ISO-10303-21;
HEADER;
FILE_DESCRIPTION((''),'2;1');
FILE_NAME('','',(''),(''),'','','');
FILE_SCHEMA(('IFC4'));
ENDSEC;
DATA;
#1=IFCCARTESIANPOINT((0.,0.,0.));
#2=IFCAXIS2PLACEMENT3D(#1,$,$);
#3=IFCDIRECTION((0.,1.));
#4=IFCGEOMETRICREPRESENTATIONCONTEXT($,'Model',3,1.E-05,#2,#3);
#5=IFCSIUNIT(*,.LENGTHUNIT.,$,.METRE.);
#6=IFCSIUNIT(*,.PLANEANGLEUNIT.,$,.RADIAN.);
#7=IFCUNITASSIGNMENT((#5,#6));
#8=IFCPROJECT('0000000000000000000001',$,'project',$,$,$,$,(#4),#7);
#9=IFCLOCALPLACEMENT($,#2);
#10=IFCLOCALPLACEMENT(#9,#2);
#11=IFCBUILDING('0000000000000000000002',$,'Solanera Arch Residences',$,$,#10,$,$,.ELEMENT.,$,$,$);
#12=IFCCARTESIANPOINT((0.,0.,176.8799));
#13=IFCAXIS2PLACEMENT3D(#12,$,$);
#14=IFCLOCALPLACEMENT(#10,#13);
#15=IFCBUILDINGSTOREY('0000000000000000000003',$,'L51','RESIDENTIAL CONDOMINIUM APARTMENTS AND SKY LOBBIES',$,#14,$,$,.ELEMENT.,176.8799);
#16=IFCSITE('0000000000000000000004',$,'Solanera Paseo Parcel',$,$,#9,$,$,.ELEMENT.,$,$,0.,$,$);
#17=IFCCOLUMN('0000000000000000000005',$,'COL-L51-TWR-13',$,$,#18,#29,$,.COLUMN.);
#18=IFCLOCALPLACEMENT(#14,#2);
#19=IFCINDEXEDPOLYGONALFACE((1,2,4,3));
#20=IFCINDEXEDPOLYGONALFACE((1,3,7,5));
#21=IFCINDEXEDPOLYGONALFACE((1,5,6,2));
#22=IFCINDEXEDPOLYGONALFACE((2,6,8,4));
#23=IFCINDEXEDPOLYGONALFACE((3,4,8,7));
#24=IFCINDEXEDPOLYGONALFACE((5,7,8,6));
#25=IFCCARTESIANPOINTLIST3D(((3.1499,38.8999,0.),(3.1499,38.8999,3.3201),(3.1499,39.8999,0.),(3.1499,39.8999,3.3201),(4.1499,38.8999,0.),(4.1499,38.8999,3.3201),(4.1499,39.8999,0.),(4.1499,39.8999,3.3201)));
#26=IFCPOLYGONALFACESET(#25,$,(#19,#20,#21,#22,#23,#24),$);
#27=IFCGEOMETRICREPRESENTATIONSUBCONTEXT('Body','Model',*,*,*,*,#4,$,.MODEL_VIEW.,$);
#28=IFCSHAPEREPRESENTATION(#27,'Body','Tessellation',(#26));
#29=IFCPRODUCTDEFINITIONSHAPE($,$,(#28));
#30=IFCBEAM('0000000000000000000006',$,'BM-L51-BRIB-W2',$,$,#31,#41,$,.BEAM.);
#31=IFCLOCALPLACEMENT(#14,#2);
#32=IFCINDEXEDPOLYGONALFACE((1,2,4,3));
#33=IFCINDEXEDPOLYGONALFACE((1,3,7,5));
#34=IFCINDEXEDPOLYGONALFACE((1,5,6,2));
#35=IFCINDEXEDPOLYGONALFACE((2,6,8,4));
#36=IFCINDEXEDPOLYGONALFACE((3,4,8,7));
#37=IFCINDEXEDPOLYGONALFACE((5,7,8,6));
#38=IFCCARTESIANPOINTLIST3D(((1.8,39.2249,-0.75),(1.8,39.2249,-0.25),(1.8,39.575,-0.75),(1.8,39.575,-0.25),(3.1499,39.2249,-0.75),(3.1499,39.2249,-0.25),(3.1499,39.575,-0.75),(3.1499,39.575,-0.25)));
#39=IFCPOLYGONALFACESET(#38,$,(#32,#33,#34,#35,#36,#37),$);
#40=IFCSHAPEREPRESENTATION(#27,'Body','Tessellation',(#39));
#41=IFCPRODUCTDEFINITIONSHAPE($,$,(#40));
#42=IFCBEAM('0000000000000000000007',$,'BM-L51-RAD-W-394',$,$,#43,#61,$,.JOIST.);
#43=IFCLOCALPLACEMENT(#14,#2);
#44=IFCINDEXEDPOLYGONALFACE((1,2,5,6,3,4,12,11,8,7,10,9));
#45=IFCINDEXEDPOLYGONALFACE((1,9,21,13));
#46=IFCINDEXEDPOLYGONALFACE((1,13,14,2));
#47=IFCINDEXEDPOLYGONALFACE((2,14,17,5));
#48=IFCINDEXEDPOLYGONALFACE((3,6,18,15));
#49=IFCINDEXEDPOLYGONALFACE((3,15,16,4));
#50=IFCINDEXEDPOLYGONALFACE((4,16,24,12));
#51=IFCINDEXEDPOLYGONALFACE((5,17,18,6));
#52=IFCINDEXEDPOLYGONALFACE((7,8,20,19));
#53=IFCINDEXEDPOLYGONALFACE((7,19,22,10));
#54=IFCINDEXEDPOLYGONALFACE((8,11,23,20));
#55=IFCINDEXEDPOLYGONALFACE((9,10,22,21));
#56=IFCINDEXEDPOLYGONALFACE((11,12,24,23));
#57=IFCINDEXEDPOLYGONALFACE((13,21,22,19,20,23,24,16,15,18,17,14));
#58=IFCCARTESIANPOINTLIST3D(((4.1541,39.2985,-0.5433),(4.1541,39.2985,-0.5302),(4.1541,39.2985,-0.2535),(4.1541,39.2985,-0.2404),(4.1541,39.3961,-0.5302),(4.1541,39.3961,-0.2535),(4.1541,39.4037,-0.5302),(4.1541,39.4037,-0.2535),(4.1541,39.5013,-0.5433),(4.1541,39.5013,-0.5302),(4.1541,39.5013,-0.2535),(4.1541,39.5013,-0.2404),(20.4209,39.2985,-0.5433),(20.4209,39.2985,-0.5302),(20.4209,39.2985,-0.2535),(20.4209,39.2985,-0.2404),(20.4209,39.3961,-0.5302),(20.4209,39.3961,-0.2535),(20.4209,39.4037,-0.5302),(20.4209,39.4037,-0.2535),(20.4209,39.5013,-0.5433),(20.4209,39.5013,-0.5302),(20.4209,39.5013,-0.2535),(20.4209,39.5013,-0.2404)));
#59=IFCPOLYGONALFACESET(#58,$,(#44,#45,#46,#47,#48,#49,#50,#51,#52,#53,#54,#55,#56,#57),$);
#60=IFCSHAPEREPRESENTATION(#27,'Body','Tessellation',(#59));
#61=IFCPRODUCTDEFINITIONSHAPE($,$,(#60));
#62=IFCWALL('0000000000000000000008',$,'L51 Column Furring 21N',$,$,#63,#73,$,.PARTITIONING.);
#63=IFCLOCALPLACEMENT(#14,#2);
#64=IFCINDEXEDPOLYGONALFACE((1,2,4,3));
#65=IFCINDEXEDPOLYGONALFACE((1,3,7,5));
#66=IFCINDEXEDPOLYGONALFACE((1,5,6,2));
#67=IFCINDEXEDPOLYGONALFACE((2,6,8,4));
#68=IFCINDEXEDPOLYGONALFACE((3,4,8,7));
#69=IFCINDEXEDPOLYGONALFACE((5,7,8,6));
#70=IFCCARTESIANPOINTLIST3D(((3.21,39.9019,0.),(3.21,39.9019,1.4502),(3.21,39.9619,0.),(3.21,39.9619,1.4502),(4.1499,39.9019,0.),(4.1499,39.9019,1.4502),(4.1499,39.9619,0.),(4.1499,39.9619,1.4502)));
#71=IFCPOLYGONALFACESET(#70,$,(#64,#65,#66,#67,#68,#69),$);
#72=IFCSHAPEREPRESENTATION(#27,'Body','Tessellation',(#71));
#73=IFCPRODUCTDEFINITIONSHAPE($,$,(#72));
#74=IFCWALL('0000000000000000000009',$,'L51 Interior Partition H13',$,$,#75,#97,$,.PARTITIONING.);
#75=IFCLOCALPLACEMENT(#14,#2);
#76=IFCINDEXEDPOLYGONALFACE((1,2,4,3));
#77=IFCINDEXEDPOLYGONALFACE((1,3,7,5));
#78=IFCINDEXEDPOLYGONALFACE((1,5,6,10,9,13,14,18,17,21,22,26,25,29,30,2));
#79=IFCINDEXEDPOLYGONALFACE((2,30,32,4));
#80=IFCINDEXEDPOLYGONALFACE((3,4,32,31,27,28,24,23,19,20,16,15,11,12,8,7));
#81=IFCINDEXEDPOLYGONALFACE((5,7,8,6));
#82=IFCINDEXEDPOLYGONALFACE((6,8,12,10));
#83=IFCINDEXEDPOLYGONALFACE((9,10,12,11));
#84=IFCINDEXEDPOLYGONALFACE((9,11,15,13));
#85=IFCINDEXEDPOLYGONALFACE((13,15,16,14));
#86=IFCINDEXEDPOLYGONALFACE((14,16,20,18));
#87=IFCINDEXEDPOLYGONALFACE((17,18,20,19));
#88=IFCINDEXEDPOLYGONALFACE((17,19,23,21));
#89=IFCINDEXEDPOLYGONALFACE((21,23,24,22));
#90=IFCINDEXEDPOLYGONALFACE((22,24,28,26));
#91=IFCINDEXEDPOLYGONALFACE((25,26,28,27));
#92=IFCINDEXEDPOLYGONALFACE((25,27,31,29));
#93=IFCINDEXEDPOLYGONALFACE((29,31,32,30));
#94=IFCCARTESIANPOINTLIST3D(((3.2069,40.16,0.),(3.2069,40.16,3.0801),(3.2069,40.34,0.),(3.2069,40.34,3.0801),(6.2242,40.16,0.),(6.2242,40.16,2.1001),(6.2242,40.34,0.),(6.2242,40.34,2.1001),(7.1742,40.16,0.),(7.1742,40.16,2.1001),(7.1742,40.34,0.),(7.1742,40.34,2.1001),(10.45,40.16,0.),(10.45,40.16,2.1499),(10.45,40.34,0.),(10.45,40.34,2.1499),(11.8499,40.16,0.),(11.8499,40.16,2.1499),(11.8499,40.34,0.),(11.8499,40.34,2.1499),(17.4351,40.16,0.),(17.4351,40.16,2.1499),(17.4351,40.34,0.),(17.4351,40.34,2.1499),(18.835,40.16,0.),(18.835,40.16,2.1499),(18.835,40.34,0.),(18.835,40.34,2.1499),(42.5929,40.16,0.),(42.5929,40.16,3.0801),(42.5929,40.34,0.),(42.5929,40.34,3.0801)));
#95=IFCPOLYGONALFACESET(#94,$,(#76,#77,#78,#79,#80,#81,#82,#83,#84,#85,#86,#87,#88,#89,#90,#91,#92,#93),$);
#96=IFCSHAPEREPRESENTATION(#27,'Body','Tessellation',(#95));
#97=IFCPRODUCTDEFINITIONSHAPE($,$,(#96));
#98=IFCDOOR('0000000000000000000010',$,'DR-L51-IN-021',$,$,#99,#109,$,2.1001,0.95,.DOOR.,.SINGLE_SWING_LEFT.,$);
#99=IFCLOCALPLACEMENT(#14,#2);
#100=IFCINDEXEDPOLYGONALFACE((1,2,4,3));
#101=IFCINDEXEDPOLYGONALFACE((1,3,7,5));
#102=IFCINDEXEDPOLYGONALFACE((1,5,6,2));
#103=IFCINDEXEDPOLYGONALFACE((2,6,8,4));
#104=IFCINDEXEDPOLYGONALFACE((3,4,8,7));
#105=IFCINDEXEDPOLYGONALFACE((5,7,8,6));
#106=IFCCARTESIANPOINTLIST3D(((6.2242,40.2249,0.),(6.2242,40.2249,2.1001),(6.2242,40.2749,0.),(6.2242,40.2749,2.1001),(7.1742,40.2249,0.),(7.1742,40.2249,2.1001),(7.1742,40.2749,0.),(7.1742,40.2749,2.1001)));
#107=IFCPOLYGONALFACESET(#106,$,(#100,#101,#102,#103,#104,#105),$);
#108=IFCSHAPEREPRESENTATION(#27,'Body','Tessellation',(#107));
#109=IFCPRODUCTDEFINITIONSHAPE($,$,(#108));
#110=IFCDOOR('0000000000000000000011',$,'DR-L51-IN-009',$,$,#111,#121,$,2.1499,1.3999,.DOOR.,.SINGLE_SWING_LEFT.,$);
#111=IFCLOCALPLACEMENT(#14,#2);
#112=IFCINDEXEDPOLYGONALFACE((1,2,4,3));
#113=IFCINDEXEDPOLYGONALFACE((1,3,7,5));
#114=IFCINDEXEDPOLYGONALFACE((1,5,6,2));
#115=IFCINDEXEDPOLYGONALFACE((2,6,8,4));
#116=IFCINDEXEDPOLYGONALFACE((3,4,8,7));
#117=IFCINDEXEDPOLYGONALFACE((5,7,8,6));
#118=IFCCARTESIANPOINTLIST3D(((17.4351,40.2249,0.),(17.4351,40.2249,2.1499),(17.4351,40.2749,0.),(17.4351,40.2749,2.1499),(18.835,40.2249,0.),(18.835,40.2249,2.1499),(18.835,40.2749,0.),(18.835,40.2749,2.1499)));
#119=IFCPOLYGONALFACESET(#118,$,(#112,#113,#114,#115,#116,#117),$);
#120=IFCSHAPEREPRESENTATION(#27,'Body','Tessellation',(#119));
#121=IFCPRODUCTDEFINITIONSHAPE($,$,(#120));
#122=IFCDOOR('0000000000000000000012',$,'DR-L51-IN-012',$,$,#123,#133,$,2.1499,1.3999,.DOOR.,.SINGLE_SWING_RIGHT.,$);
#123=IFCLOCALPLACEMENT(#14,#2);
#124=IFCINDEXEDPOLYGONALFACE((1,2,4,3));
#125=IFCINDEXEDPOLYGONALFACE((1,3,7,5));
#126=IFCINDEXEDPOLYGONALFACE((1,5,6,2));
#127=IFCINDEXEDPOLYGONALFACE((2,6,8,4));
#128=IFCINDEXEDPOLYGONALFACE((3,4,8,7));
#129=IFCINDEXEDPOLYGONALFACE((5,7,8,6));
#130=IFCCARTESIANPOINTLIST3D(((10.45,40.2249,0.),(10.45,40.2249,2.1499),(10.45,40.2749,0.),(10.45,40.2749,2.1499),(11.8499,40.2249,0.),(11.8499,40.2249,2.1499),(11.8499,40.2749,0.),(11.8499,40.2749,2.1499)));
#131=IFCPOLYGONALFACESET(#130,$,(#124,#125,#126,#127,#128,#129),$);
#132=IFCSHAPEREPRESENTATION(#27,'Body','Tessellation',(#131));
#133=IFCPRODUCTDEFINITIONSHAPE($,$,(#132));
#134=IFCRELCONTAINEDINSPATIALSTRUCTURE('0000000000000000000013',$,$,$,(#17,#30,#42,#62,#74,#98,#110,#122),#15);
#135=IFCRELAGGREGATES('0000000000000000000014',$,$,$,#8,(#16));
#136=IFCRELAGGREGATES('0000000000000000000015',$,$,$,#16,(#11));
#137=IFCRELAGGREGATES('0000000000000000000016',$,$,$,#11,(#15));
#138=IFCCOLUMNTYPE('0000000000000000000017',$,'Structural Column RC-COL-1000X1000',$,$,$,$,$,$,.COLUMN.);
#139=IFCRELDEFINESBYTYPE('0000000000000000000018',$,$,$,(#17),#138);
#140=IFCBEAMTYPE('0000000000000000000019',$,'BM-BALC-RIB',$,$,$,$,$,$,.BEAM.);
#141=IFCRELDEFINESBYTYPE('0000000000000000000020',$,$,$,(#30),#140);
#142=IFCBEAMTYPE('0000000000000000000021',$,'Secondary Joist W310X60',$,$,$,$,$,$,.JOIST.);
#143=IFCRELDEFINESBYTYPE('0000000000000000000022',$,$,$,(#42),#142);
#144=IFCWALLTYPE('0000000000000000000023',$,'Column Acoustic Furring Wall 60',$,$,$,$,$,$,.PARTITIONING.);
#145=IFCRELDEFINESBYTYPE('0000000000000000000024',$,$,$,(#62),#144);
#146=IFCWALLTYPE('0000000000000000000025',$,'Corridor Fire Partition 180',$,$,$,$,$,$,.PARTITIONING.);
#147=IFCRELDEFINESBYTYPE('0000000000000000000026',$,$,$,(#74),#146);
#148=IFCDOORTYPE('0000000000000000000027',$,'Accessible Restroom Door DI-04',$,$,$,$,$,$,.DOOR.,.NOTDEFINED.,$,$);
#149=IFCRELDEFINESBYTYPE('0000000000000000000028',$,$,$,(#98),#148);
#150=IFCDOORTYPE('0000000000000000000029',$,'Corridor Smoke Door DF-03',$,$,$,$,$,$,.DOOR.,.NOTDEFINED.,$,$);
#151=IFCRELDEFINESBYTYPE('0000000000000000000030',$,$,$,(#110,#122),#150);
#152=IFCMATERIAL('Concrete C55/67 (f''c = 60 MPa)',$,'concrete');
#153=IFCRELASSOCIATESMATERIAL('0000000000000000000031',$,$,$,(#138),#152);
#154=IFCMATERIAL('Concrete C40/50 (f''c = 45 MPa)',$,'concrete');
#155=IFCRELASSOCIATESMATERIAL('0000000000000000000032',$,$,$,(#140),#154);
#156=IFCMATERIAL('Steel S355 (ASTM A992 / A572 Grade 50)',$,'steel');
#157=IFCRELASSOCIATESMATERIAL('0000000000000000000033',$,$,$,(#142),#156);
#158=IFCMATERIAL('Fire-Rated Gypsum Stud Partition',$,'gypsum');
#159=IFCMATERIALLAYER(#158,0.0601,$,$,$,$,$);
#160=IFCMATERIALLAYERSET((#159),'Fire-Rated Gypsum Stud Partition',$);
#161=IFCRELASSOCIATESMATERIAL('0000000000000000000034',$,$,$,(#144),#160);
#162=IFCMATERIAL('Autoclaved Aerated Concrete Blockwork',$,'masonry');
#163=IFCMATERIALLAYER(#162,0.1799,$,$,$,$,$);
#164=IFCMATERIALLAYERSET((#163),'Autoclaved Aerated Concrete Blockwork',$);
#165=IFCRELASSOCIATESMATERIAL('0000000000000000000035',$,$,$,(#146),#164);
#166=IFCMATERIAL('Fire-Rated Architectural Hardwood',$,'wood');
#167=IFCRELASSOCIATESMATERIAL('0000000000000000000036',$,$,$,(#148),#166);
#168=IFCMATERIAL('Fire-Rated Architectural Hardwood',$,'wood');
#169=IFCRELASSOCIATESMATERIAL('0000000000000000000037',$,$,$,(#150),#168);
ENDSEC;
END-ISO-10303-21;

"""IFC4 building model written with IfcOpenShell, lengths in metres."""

from ifc_helpers import new_model, si_unit, direction, frame, frame_2d, origin, origin_2d, place, context, subcontext, project, spatial, rectangle, i_section, extrude, material, layer, layer_set, material_profile, profile_set, type_object, element, fill, save


model = new_model("IFC4")

# Units and contexts
model_context = context("Model", 3, precision=1e-05, world=origin(), true_north=direction((0.0, 1.0)))
body_context = subcontext(model_context, "Body", "Model", "MODEL_VIEW")
ifc_project = project(units=[si_unit("LENGTHUNIT", "METRE"), si_unit("PLANEANGLEUNIT", "RADIAN")], contexts=[model_context])

# Site, building, storey
site_placement = place(None, origin())
site = spatial("IfcSite", under=ifc_project, at=site_placement, Name="Solanera Paseo Parcel", CompositionType="ELEMENT", RefElevation=0.0)
building_placement = place(site_placement, origin())
building = spatial("IfcBuilding", under=site, at=building_placement, Name="Solanera Arch Residences", CompositionType="ELEMENT")
storey_placement = place(building_placement, frame((0.0, 0.0, 176.8799)))
storey = spatial("IfcBuildingStorey", under=building, at=storey_placement, Name="L51", Description="RESIDENTIAL CONDOMINIUM APARTMENTS AND SKY LOBBIES", CompositionType="ELEMENT", Elevation=176.8799)

# Column
ifc_material_1 = material(Name="Concrete C55/67 (f'c = 60 MPa)", Category="concrete")
ifc_material_profile_1 = material_profile(ifc_material_1, rectangle(XDim=1.0, YDim=1.0, at=origin_2d()))
ifc_profile_set_1 = profile_set([ifc_material_profile_1], Name="Concrete C55/67 (f'c = 60 MPa)")
column_type = type_object("IfcColumnType", Name="Structural Column RC-COL-1000X1000", PredefinedType="COLUMN", material=ifc_profile_set_1)
column_placement = place(storey_placement, frame((3.6499, 39.3999, 0.0), z_axis=(0.0, 0.0, 1.0), x_axis=(1.0, 0.0, 0.0)))
element("IfcColumn", 1, at=column_placement, inside=storey, type_object=column_type, Name="COL-L51-TWR-13", PredefinedType="COLUMN", context=body_context, shape_type="SweptSolid", body=[
    extrude(rectangle(XDim=1.0, YDim=1.0, at=origin_2d()), origin(), (0.0, 0.0, 1.0), 3.3201),
])

# Beams
ifc_material_2 = material(Name="Concrete C40/50 (f'c = 45 MPa)", Category="concrete")
ifc_material_profile_2 = material_profile(ifc_material_2, rectangle(XDim=0.3501, YDim=0.5, at=origin_2d()))
ifc_profile_set_2 = profile_set([ifc_material_profile_2], Name="Concrete C40/50 (f'c = 45 MPa)")
beam_type_1 = type_object("IfcBeamType", Name="BM-BALC-RIB", PredefinedType="BEAM", material=ifc_profile_set_2)
beam_1_placement = place(storey_placement, frame((1.8, 39.3999, -0.5), z_axis=(1.0, 0.0, 0.0), x_axis=(0.0, 1.0, 0.0)))
element("IfcBeam", 2, at=beam_1_placement, inside=storey, type_object=beam_type_1, Name="BM-L51-BRIB-W2", PredefinedType="BEAM", context=body_context, shape_type="SweptSolid", body=[
    extrude(rectangle(XDim=0.3501, YDim=0.5, at=origin_2d()), origin(), (0.0, 0.0, 1.0), 1.3499),
])
ifc_material_3 = material(Name="Steel S355 (ASTM A992 / A572 Grade 50)", Category="steel")
ifc_material_profile_3 = material_profile(ifc_material_3, i_section(OverallWidth=0.2029, OverallDepth=0.303, WebThickness=0.0076, FlangeThickness=0.0132, at=origin_2d()))
ifc_profile_set_3 = profile_set([ifc_material_profile_3], Name="Steel S355 (ASTM A992 / A572 Grade 50)")
beam_type_2 = type_object("IfcBeamType", Name="Secondary Joist W310X60", PredefinedType="JOIST", material=ifc_profile_set_3)
beam_2_placement = place(storey_placement, frame((4.1541, 39.3999, -0.3918), z_axis=(1.0, 0.0, 0.0), x_axis=(0.0, 1.0, 0.0)))
element("IfcBeam", 3, at=beam_2_placement, inside=storey, type_object=beam_type_2, Name="BM-L51-RAD-W-394", PredefinedType="JOIST", context=body_context, shape_type="SweptSolid", body=[
    extrude(i_section(OverallWidth=0.2029, OverallDepth=0.303, WebThickness=0.0076, FlangeThickness=0.0132, at=origin_2d()), origin(), (0.0, 0.0, 1.0), 16.2668),
])

# Wall
ifc_material_4 = material(Name="Fire-Rated Gypsum Stud Partition", Category="gypsum")
ifc_layer_1 = layer(ifc_material_4, 0.0601)
ifc_layer_set_1 = layer_set([ifc_layer_1], Name="Fire-Rated Gypsum Stud Partition")
wall_type_1 = type_object("IfcWallType", Name="Column Acoustic Furring Wall 60", PredefinedType="PARTITIONING", material=ifc_layer_set_1)
wall_1_placement = place(storey_placement, frame((3.21, 39.9319, 0.0), z_axis=(0.0, 0.0, 1.0), x_axis=(1.0, 0.0, 0.0)))
element("IfcWall", 4, at=wall_1_placement, inside=storey, type_object=wall_type_1, Name="L51 Column Furring 21N", PredefinedType="PARTITIONING", context=body_context, shape_type="SweptSolid", body=[
    extrude(rectangle(XDim=0.9399, YDim=0.0601, at=frame_2d((0.47, 0.0))), origin(), (0.0, 0.0, 1.0), 1.4502),
])

# Wall, openings, doors
ifc_material_5 = material(Name="Autoclaved Aerated Concrete Blockwork", Category="masonry")
ifc_layer_2 = layer(ifc_material_5, 0.1799)
ifc_layer_set_2 = layer_set([ifc_layer_2], Name="Autoclaved Aerated Concrete Blockwork")
wall_type_2 = type_object("IfcWallType", Name="Corridor Fire Partition 180", PredefinedType="PARTITIONING", material=ifc_layer_set_2)
wall_2_placement = place(storey_placement, frame((3.207, 40.25, 0.0), z_axis=(0.0, 0.0, 1.0), x_axis=(1.0, 0.0, 0.0)))
wall_2 = element("IfcWall", 5, at=wall_2_placement, inside=storey, type_object=wall_type_2, Name="L51 Interior Partition H13", PredefinedType="PARTITIONING", context=body_context, shape_type="SweptSolid", body=[
    extrude(rectangle(XDim=39.386, YDim=0.1799, at=frame_2d((19.6929, 0.0))), origin(), (0.0, 0.0, 1.0), 3.0801),
])
opening_1_placement = place(wall_2_placement, frame((14.228, 0.0, 0.0)))
opening_1 = element("IfcOpeningElement", 6, at=opening_1_placement, cuts=wall_2, PredefinedType="OPENING", context=body_context, shape_type="SweptSolid", body=[
    extrude(rectangle(XDim=1.3999, YDim=2.1499, at=frame_2d((0.7, 1.075))), frame((0.0, 0.1001, 0.0), z_axis=(0.0, -1.0, 0.0), x_axis=(1.0, 0.0, 0.0)), (0.0, 0.0, 1.0), 0.1999),
])
opening_2_placement = place(wall_2_placement, frame((7.2429, 0.0, 0.0)))
opening_2 = element("IfcOpeningElement", 7, at=opening_2_placement, cuts=wall_2, PredefinedType="OPENING", context=body_context, shape_type="SweptSolid", body=[
    extrude(rectangle(XDim=1.3999, YDim=2.1499, at=frame_2d((0.7, 1.075))), frame((0.0, 0.1001, 0.0), z_axis=(0.0, -1.0, 0.0), x_axis=(1.0, 0.0, 0.0)), (0.0, 0.0, 1.0), 0.1999),
])
opening_3_placement = place(wall_2_placement, frame((3.0171, 0.0, 0.0)))
opening_3 = element("IfcOpeningElement", 8, at=opening_3_placement, cuts=wall_2, PredefinedType="OPENING", context=body_context, shape_type="SweptSolid", body=[
    extrude(rectangle(XDim=0.95, YDim=2.1001, at=frame_2d((0.4751, 1.05))), frame((0.0, 0.1001, 0.0), z_axis=(0.0, -1.0, 0.0), x_axis=(1.0, 0.0, 0.0)), (0.0, 0.0, 1.0), 0.1999),
])
ifc_material_6 = material(Name="Fire-Rated Architectural Hardwood", Category="wood")
door_type_1 = type_object("IfcDoorType", Name="Accessible Restroom Door DI-04", OperationType="NOTDEFINED", PredefinedType="DOOR", material=ifc_material_6)
door_1_placement = place(opening_3_placement, origin())
door_1 = element("IfcDoor", 9, at=door_1_placement, inside=storey, type_object=door_type_1, Name="DR-L51-IN-021", OperationType="SINGLE_SWING_LEFT", OverallHeight=2.1001, OverallWidth=0.95, PredefinedType="DOOR", context=body_context, shape_type="SweptSolid", body=[
    extrude(rectangle(XDim=0.95, YDim=2.1001, at=frame_2d((0.4751, 1.05))), frame((0.0, 0.0249, 0.0), z_axis=(0.0, -1.0, 0.0), x_axis=(1.0, 0.0, 0.0)), (0.0, 0.0, 1.0), 0.05),
])
fill(opening_3, door_1)
ifc_material_7 = material(Name="Fire-Rated Architectural Hardwood", Category="wood")
door_type_2 = type_object("IfcDoorType", Name="Corridor Smoke Door DF-03", OperationType="NOTDEFINED", PredefinedType="DOOR", material=ifc_material_7)
door_2_placement = place(opening_1_placement, origin())
door_2 = element("IfcDoor", 10, at=door_2_placement, inside=storey, type_object=door_type_2, Name="DR-L51-IN-009", OperationType="SINGLE_SWING_LEFT", OverallHeight=2.1499, OverallWidth=1.3999, PredefinedType="DOOR", context=body_context, shape_type="SweptSolid", body=[
    extrude(rectangle(XDim=1.3999, YDim=2.1499, at=frame_2d((0.7, 1.075))), frame((0.0, 0.0249, 0.0), z_axis=(0.0, -1.0, 0.0), x_axis=(1.0, 0.0, 0.0)), (0.0, 0.0, 1.0), 0.05),
])
fill(opening_1, door_2)
door_3_placement = place(opening_2_placement, origin())
door_3 = element("IfcDoor", 11, at=door_3_placement, inside=storey, type_object=door_type_2, Name="DR-L51-IN-012", OperationType="SINGLE_SWING_RIGHT", OverallHeight=2.1499, OverallWidth=1.3999, PredefinedType="DOOR", context=body_context, shape_type="SweptSolid", body=[
    extrude(rectangle(XDim=1.3999, YDim=2.1499, at=frame_2d((0.7, 1.075))), frame((0.0, 0.0249, 0.0), z_axis=(0.0, -1.0, 0.0), x_axis=(1.0, 0.0, 0.0)), (0.0, 0.0, 1.0), 0.05),
])
fill(opening_2, door_3)

save(model, "model.ifc")
